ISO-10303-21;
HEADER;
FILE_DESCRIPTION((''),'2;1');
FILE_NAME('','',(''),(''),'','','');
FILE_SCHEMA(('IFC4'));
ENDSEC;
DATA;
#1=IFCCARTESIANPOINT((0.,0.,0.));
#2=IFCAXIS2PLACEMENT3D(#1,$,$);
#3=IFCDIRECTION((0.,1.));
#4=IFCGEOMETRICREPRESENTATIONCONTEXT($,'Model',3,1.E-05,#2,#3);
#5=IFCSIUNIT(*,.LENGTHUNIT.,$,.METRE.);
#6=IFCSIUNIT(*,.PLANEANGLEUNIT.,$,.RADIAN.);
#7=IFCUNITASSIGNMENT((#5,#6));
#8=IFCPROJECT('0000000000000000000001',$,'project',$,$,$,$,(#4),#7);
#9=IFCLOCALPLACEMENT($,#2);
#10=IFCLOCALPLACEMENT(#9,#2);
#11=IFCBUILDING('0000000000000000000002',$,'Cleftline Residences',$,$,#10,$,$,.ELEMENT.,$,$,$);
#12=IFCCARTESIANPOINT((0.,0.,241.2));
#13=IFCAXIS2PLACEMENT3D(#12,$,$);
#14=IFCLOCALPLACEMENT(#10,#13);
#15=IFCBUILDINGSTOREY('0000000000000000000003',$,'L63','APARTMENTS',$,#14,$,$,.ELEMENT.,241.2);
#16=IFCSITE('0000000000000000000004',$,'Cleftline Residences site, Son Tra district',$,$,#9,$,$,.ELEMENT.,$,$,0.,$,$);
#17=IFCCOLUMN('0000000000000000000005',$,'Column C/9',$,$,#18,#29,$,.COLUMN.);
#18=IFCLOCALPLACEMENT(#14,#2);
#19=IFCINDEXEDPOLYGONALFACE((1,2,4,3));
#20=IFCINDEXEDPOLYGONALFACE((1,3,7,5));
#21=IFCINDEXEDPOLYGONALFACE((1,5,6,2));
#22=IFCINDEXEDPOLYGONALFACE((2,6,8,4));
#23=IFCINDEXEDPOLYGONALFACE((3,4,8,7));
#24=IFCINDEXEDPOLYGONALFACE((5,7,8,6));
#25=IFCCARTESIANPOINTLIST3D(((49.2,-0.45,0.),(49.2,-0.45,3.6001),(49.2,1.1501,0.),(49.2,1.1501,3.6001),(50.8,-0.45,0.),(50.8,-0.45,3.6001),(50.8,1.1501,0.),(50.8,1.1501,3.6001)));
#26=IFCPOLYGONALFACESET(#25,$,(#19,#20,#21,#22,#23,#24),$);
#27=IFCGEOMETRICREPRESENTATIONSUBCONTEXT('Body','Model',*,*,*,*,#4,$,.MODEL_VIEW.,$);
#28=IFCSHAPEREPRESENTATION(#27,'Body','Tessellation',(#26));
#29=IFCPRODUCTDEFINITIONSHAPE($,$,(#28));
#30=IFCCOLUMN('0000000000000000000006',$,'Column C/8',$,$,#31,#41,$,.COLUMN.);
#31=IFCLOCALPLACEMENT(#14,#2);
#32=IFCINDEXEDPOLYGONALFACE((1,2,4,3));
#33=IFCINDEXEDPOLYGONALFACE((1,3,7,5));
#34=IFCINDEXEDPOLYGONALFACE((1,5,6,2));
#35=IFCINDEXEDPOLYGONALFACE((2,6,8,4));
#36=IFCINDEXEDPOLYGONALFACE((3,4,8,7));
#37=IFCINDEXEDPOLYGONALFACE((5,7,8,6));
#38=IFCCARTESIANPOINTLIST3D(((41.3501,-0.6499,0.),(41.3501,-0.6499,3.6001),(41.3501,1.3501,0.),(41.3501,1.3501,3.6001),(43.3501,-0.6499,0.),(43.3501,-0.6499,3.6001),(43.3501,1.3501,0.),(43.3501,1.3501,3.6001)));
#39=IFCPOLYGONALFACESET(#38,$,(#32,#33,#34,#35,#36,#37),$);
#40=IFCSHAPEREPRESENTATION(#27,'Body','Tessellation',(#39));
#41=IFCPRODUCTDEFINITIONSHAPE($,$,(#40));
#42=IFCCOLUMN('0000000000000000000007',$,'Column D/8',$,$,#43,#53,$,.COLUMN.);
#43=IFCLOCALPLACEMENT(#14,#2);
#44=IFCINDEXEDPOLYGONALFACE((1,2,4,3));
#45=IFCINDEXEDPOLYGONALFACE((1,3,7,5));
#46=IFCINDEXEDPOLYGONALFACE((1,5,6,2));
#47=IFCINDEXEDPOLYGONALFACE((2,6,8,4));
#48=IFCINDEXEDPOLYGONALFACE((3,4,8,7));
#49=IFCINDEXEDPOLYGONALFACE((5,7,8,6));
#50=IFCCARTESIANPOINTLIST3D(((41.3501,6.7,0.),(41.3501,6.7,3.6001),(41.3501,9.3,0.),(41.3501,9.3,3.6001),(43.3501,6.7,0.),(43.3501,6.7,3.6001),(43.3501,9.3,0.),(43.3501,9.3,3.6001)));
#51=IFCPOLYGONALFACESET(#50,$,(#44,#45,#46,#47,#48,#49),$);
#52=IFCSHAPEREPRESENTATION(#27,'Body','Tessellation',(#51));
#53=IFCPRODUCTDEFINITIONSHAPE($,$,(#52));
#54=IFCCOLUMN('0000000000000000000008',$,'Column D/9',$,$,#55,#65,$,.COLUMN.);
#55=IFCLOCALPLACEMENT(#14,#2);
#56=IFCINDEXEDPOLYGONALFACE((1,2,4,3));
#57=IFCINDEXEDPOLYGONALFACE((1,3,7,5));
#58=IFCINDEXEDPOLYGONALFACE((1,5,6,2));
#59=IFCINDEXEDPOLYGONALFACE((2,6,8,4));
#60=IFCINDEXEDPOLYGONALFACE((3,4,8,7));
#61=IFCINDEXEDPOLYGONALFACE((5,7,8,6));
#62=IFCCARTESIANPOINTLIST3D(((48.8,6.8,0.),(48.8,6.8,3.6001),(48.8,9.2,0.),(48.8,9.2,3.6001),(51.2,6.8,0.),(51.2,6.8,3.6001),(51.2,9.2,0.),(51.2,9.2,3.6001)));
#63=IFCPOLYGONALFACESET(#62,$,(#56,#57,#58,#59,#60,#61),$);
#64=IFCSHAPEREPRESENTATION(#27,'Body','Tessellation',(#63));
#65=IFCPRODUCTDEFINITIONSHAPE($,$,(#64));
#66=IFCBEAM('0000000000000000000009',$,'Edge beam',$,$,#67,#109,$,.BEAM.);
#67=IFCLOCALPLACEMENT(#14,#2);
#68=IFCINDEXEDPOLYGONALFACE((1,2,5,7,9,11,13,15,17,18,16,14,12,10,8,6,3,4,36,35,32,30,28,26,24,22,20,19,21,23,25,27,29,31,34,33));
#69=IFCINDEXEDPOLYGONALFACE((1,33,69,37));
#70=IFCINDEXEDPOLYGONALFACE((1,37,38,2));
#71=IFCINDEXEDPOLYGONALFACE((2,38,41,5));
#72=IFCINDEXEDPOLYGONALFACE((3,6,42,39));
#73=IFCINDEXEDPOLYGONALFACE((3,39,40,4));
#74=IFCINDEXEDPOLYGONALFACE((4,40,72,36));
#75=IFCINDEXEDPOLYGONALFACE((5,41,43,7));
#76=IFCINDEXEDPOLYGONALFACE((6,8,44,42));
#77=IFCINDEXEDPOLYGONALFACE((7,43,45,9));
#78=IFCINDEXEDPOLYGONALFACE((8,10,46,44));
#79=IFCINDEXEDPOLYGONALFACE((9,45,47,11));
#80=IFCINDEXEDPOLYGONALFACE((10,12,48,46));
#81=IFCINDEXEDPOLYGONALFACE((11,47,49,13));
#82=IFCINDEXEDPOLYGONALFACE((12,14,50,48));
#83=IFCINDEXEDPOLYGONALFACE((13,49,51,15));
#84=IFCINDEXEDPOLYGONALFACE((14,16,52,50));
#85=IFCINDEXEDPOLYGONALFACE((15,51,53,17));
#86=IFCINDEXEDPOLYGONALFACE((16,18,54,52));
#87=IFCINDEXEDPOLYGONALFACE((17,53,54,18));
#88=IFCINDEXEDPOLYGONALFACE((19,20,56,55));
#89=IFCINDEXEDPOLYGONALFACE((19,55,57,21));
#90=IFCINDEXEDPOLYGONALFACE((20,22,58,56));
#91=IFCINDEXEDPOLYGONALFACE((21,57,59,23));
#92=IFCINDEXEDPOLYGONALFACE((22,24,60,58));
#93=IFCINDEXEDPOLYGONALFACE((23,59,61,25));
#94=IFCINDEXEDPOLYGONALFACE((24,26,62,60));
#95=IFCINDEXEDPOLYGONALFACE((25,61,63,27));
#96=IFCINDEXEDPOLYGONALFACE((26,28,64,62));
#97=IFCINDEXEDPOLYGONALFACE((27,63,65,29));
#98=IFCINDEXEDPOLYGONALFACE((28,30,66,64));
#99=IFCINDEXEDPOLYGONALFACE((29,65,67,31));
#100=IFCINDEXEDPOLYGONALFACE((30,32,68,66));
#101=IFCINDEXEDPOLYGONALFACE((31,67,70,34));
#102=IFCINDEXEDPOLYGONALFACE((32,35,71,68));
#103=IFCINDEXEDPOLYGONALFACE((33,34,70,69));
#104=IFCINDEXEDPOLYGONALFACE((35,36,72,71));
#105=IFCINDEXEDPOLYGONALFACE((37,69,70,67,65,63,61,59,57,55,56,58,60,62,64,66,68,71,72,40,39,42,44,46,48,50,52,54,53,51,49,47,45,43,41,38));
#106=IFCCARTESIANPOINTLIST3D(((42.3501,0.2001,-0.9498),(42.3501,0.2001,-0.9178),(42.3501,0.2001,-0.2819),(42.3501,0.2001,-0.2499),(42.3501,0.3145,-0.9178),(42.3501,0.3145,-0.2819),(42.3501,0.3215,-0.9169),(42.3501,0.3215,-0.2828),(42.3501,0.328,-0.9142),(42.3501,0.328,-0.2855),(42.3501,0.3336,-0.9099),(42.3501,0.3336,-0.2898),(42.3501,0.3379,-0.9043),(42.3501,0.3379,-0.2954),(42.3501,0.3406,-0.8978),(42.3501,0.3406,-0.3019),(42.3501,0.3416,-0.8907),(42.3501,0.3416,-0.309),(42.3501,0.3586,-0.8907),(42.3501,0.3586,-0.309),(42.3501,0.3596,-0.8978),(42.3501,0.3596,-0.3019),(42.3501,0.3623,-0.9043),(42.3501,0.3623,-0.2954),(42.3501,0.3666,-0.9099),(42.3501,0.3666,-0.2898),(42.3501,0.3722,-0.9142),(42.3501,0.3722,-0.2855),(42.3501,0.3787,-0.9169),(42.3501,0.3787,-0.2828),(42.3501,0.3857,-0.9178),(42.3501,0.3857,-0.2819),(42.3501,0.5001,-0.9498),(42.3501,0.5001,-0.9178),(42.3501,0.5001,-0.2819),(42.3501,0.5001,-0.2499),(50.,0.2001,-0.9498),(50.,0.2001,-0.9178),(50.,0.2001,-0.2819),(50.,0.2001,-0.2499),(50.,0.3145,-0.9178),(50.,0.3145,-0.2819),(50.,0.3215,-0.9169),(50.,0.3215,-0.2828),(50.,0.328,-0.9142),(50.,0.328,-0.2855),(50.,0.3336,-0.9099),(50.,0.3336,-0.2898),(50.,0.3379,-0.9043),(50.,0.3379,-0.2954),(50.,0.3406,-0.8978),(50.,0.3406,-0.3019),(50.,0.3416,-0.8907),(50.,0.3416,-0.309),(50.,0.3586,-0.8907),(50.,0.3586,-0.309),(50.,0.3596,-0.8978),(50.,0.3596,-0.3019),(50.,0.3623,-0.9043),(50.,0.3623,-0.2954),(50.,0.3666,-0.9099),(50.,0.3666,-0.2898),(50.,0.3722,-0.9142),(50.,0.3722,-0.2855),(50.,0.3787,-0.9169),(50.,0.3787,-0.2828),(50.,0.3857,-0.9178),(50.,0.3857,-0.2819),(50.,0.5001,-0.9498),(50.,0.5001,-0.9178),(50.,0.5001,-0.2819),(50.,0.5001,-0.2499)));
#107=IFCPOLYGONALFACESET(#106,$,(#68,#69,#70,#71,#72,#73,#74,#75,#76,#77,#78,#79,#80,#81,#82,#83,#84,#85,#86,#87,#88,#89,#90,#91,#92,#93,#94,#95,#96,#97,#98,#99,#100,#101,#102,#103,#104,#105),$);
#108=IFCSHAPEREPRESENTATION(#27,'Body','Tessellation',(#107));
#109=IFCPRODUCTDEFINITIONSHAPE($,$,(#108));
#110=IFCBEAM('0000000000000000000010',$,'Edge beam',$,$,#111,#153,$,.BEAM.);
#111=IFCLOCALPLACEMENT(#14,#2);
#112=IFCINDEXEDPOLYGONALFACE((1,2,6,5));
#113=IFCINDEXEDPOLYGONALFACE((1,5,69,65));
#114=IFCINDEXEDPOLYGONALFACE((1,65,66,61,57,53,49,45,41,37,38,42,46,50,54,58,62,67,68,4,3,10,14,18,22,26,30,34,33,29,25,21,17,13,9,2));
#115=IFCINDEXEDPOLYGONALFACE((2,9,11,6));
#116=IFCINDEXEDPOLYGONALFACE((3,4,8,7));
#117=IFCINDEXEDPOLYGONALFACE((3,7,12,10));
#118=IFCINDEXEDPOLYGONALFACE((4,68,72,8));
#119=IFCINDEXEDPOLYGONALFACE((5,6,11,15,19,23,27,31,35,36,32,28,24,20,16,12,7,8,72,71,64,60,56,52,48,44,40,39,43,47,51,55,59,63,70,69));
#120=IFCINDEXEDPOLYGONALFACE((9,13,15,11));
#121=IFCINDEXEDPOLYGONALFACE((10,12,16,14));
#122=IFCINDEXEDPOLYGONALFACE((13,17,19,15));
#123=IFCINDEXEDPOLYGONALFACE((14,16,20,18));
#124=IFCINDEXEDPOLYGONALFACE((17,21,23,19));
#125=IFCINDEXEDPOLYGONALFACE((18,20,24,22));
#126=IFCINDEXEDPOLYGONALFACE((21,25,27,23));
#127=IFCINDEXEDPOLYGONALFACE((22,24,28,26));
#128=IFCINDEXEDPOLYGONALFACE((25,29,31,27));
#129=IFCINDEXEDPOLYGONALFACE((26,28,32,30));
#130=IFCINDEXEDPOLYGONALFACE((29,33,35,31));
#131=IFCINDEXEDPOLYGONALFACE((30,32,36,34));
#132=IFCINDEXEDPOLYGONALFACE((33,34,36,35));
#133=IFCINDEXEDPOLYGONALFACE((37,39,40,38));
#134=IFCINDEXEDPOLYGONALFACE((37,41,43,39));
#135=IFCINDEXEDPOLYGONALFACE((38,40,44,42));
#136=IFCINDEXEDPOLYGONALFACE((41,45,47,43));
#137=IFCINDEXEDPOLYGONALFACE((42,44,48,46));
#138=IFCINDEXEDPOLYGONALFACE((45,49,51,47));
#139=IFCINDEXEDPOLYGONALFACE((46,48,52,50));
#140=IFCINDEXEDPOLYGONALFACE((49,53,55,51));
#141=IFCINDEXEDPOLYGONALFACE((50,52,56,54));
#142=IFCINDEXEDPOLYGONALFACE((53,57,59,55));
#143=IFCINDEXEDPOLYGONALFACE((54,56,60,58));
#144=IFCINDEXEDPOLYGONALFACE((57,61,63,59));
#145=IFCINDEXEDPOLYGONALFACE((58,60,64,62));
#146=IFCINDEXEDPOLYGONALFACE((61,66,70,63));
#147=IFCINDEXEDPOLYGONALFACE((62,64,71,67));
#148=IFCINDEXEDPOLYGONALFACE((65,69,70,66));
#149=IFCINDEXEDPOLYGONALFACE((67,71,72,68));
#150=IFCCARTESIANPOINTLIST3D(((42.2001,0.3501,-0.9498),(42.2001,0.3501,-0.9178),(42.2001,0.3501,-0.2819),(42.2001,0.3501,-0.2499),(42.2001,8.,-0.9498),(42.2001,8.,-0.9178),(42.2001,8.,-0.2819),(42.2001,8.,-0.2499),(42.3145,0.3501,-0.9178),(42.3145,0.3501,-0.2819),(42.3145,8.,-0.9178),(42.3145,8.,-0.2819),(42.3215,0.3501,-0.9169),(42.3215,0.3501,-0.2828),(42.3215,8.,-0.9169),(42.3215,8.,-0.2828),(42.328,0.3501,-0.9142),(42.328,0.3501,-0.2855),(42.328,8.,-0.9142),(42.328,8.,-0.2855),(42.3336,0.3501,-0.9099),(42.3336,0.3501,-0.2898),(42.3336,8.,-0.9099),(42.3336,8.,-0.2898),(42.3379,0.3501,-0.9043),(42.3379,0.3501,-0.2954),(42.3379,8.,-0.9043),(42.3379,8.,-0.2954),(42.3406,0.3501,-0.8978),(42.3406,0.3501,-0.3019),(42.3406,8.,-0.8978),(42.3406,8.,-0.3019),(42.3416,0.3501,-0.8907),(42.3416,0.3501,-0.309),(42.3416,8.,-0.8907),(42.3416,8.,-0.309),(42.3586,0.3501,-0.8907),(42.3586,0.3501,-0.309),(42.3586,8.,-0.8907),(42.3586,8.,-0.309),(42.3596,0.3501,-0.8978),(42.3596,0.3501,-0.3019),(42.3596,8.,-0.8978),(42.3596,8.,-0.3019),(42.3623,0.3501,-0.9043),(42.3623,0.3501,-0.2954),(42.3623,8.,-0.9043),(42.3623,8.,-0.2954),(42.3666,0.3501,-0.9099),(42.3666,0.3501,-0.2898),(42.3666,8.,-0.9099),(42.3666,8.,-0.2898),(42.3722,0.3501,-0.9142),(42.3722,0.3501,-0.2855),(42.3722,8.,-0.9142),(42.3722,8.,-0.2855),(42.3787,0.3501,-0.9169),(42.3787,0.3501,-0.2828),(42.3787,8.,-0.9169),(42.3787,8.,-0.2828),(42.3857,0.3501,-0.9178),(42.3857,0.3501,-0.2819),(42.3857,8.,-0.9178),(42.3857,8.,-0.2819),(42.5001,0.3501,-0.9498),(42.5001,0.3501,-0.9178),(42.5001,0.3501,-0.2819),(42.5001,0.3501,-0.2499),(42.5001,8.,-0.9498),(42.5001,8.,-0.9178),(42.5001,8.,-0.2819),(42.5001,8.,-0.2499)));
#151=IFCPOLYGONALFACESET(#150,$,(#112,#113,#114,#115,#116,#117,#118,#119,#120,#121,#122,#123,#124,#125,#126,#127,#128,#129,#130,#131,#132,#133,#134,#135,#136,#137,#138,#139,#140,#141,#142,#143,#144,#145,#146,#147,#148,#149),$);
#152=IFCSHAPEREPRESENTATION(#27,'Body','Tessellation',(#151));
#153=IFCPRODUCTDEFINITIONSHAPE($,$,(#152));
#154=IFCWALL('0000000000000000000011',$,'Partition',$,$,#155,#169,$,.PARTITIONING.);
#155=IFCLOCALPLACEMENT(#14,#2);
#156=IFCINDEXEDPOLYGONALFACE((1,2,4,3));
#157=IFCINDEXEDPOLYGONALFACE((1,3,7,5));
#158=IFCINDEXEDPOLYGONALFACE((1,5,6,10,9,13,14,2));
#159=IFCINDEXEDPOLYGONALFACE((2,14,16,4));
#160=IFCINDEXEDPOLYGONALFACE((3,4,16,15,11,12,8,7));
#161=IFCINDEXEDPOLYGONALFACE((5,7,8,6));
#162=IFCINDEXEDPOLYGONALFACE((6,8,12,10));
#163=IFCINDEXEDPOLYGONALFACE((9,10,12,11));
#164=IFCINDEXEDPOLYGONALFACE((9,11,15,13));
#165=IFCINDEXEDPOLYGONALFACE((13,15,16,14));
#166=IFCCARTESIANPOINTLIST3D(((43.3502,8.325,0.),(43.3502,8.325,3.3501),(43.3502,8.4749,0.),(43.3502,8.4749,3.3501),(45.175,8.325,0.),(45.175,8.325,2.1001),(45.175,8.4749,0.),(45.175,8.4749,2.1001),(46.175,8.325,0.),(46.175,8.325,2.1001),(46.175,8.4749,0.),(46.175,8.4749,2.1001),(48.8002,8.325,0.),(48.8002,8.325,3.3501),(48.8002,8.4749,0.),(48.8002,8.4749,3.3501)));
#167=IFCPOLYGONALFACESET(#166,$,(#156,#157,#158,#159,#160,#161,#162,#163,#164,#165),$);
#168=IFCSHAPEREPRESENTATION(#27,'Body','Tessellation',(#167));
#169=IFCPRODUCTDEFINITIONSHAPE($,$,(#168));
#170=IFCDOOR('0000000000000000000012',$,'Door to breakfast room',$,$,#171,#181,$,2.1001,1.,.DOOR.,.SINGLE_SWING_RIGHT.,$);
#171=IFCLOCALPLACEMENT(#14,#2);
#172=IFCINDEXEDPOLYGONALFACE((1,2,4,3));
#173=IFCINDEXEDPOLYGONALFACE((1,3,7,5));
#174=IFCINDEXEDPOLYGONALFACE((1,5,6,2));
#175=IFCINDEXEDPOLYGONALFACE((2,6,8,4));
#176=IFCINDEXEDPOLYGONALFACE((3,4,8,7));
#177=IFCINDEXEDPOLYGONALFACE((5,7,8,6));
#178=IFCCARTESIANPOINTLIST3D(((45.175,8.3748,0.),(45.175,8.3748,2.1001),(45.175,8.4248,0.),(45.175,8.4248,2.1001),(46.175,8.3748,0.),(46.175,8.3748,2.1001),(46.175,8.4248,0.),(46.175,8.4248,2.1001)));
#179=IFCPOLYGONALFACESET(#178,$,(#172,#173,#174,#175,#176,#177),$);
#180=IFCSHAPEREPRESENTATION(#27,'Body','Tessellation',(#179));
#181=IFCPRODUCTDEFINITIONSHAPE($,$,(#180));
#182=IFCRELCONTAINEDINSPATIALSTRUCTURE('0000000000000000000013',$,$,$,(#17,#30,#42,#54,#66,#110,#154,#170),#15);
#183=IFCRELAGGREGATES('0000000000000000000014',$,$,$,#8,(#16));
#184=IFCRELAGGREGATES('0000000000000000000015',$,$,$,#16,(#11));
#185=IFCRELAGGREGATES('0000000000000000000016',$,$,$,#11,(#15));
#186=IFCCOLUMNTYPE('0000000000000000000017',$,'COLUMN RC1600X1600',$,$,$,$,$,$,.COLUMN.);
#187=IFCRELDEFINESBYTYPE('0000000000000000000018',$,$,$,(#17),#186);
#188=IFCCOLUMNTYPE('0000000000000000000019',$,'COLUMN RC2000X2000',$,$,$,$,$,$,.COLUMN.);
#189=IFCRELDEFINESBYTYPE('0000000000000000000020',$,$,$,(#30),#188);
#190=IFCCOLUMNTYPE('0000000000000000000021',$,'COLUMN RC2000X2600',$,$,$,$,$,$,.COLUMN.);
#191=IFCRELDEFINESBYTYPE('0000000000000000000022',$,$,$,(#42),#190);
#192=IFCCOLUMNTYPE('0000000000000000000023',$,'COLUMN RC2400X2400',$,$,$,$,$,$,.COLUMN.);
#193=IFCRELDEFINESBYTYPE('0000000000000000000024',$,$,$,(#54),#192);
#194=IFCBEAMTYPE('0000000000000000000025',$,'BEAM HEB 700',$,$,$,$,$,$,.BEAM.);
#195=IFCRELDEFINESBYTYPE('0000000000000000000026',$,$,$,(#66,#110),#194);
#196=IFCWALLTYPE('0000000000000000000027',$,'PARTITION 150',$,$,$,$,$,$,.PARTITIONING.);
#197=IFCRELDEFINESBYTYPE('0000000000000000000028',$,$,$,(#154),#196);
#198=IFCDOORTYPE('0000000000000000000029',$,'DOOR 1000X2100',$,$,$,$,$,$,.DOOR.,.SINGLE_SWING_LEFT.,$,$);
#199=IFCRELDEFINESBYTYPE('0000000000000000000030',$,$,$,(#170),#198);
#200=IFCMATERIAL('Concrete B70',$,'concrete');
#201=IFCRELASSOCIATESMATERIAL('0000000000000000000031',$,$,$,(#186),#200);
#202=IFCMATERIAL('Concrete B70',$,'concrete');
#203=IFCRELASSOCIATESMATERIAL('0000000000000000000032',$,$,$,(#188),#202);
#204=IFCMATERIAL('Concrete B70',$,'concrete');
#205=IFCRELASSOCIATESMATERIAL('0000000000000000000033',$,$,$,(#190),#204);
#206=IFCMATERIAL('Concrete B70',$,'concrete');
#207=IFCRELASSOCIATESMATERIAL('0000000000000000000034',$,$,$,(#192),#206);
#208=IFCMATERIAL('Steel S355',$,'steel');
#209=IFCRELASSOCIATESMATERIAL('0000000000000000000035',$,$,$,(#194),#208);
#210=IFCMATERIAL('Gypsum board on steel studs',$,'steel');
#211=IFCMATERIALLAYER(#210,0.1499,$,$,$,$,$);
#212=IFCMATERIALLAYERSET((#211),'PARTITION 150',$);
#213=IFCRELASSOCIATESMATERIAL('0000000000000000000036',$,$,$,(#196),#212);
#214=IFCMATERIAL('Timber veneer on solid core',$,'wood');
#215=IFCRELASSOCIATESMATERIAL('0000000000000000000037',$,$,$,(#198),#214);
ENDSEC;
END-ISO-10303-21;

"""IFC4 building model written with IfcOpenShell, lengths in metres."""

from ifc_helpers import new_model, si_unit, direction, frame, frame_2d, origin, origin_2d, place, context, subcontext, project, spatial, rectangle, i_section, extrude, material, layer, layer_set, material_profile, profile_set, type_object, element, fill, save


model = new_model("IFC4")

# Units and contexts
model_context = context("Model", 3, precision=1e-05, world=origin(), true_north=direction((0.0, 1.0)))
body_context = subcontext(model_context, "Body", "Model", "MODEL_VIEW")
ifc_project = project(units=[si_unit("LENGTHUNIT", "METRE"), si_unit("PLANEANGLEUNIT", "RADIAN")], contexts=[model_context])

# Site, building, storey
site_placement = place(None, origin())
site = spatial("IfcSite", under=ifc_project, at=site_placement, Name="Cleftline Residences site, Son Tra district", CompositionType="ELEMENT", RefElevation=0.0)
building_placement = place(site_placement, origin())
building = spatial("IfcBuilding", under=site, at=building_placement, Name="Cleftline Residences", CompositionType="ELEMENT")
storey_placement = place(building_placement, frame((0.0, 0.0, 241.2)))
storey = spatial("IfcBuildingStorey", under=building, at=storey_placement, Name="L63", Description="APARTMENTS", CompositionType="ELEMENT", Elevation=241.2)

# Columns
ifc_material_1 = material(Name="Concrete B70", Category="concrete")
ifc_material_profile_1 = material_profile(ifc_material_1, rectangle(XDim=1.6001, YDim=1.6001, at=origin_2d()))
ifc_profile_set_1 = profile_set([ifc_material_profile_1], Name="Concrete B70")
column_type_1 = type_object("IfcColumnType", Name="COLUMN RC1600X1600", PredefinedType="COLUMN", material=ifc_profile_set_1)
column_1_placement = place(storey_placement, frame((50.0, 0.3501, 0.0), z_axis=(0.0, 0.0, 1.0), x_axis=(1.0, 0.0, 0.0)))
element("IfcColumn", 1, at=column_1_placement, inside=storey, type_object=column_type_1, Name="Column C/9", PredefinedType="COLUMN", context=body_context, shape_type="SweptSolid", body=[
    extrude(rectangle(XDim=1.6001, YDim=1.6001, at=origin_2d()), origin(), (0.0, 0.0, 1.0), 3.6001),
])
ifc_material_2 = material(Name="Concrete B70", Category="concrete")
ifc_material_profile_2 = material_profile(ifc_material_2, rectangle(XDim=2.0, YDim=2.0, at=origin_2d()))
ifc_profile_set_2 = profile_set([ifc_material_profile_2], Name="Concrete B70")
column_type_2 = type_object("IfcColumnType", Name="COLUMN RC2000X2000", PredefinedType="COLUMN", material=ifc_profile_set_2)
column_2_placement = place(storey_placement, frame((42.3501, 0.3501, 0.0), z_axis=(0.0, 0.0, 1.0), x_axis=(1.0, 0.0, 0.0)))
element("IfcColumn", 2, at=column_2_placement, inside=storey, type_object=column_type_2, Name="Column C/8", PredefinedType="COLUMN", context=body_context, shape_type="SweptSolid", body=[
    extrude(rectangle(XDim=2.0, YDim=2.0, at=origin_2d()), origin(), (0.0, 0.0, 1.0), 3.6001),
])
ifc_material_3 = material(Name="Concrete B70", Category="concrete")
ifc_material_profile_3 = material_profile(ifc_material_3, rectangle(XDim=2.0, YDim=2.6001, at=origin_2d()))
ifc_profile_set_3 = profile_set([ifc_material_profile_3], Name="Concrete B70")
column_type_3 = type_object("IfcColumnType", Name="COLUMN RC2000X2600", PredefinedType="COLUMN", material=ifc_profile_set_3)
column_3_placement = place(storey_placement, frame((42.3501, 8.0, 0.0), z_axis=(0.0, 0.0, 1.0), x_axis=(1.0, 0.0, 0.0)))
element("IfcColumn", 3, at=column_3_placement, inside=storey, type_object=column_type_3, Name="Column D/8", PredefinedType="COLUMN", context=body_context, shape_type="SweptSolid", body=[
    extrude(rectangle(XDim=2.0, YDim=2.6001, at=origin_2d()), origin(), (0.0, 0.0, 1.0), 3.6001),
])
ifc_material_4 = material(Name="Concrete B70", Category="concrete")
ifc_material_profile_4 = material_profile(ifc_material_4, rectangle(XDim=2.3999, YDim=2.3999, at=origin_2d()))
ifc_profile_set_4 = profile_set([ifc_material_profile_4], Name="Concrete B70")
column_type_4 = type_object("IfcColumnType", Name="COLUMN RC2400X2400", PredefinedType="COLUMN", material=ifc_profile_set_4)
column_4_placement = place(storey_placement, frame((50.0, 8.0, 0.0), z_axis=(0.0, 0.0, 1.0), x_axis=(1.0, 0.0, 0.0)))
element("IfcColumn", 4, at=column_4_placement, inside=storey, type_object=column_type_4, Name="Column D/9", PredefinedType="COLUMN", context=body_context, shape_type="SweptSolid", body=[
    extrude(rectangle(XDim=2.3999, YDim=2.3999, at=origin_2d()), origin(), (0.0, 0.0, 1.0), 3.6001),
])

# Beams
ifc_material_5 = material(Name="Steel S355", Category="steel")
ifc_material_profile_5 = material_profile(ifc_material_5, i_section(OverallWidth=0.3, OverallDepth=0.7, WebThickness=0.0171, FlangeThickness=0.032, FilletRadius=0.0271, at=origin_2d()))
ifc_profile_set_5 = profile_set([ifc_material_profile_5], Name="Steel S355")
beam_type = type_object("IfcBeamType", Name="BEAM HEB 700", PredefinedType="BEAM", material=ifc_profile_set_5)
for number, where, z_axis, x_axis, name in (
    (5, (50.0, 0.3501, -0.5999), (-1.0, 0.0, 0.0), (0.0, -1.0, 0.0), "Edge beam"),
    (6, (42.3501, 0.3501, -0.5999), (0.0, 1.0, 0.0), (-1.0, 0.0, 0.0), "Edge beam"),
):
    element("IfcBeam", number, at=place(storey_placement, frame(where, z_axis=z_axis, x_axis=x_axis)), inside=storey, type_object=beam_type, Name=name, PredefinedType="BEAM", context=body_context, shape_type="SweptSolid", body=[
        extrude(i_section(OverallWidth=0.3, OverallDepth=0.7, WebThickness=0.0171, FlangeThickness=0.032, FilletRadius=0.0271, at=origin_2d()), origin(), (0.0, 0.0, 1.0), 7.6499),
    ])

# Wall, opening, door
ifc_material_6 = material(Name="Gypsum board on steel studs", Category="steel")
ifc_layer_1 = layer(ifc_material_6, 0.1499)
ifc_layer_set_1 = layer_set([ifc_layer_1], Name="PARTITION 150")
wall_type_1 = type_object("IfcWallType", Name="PARTITION 150", PredefinedType="PARTITIONING", material=ifc_layer_set_1)
wall_1_placement = place(storey_placement, frame((43.3501, 8.3999, 0.0), z_axis=(0.0, 0.0, 1.0), x_axis=(1.0, 0.0, 0.0)))
wall_1 = element("IfcWall", 7, at=wall_1_placement, inside=storey, type_object=wall_type_1, Name="Partition", PredefinedType="PARTITIONING", context=body_context, shape_type="SweptSolid", body=[
    extrude(rectangle(XDim=5.45, YDim=0.1499, at=frame_2d((2.7251, 0.0))), origin(), (0.0, 0.0, 1.0), 3.3501),
])
opening_1_placement = place(wall_1_placement, frame((1.825, 0.0, 0.0)))
opening_1 = element("IfcOpeningElement", 8, at=opening_1_placement, cuts=wall_1, PredefinedType="OPENING", context=body_context, shape_type="SweptSolid", body=[
    extrude(rectangle(XDim=1.0, YDim=2.1001, at=frame_2d((0.5, 1.05))), frame((0.0, 0.085, 0.0), z_axis=(0.0, -1.0, 0.0), x_axis=(1.0, 0.0, 0.0)), (0.0, 0.0, 1.0), 0.1699),
])
ifc_material_7 = material(Name="Timber veneer on solid core", Category="wood")
door_type_1 = type_object("IfcDoorType", Name="DOOR 1000X2100", OperationType="SINGLE_SWING_LEFT", PredefinedType="DOOR", material=ifc_material_7)
door_1_placement = place(opening_1_placement, origin())
door_1 = element("IfcDoor", 9, at=door_1_placement, inside=storey, type_object=door_type_1, Name="Door to breakfast room", OperationType="SINGLE_SWING_RIGHT", OverallHeight=2.1001, OverallWidth=1.0, PredefinedType="DOOR", context=body_context, shape_type="SweptSolid", body=[
    extrude(rectangle(XDim=1.0, YDim=2.1001, at=frame_2d((0.5, 1.05))), frame((0.0, 0.0249, 0.0), z_axis=(0.0, -1.0, 0.0), x_axis=(1.0, 0.0, 0.0)), (0.0, 0.0, 1.0), 0.05),
])
fill(opening_1, door_1)

save(model, "model.ifc")
